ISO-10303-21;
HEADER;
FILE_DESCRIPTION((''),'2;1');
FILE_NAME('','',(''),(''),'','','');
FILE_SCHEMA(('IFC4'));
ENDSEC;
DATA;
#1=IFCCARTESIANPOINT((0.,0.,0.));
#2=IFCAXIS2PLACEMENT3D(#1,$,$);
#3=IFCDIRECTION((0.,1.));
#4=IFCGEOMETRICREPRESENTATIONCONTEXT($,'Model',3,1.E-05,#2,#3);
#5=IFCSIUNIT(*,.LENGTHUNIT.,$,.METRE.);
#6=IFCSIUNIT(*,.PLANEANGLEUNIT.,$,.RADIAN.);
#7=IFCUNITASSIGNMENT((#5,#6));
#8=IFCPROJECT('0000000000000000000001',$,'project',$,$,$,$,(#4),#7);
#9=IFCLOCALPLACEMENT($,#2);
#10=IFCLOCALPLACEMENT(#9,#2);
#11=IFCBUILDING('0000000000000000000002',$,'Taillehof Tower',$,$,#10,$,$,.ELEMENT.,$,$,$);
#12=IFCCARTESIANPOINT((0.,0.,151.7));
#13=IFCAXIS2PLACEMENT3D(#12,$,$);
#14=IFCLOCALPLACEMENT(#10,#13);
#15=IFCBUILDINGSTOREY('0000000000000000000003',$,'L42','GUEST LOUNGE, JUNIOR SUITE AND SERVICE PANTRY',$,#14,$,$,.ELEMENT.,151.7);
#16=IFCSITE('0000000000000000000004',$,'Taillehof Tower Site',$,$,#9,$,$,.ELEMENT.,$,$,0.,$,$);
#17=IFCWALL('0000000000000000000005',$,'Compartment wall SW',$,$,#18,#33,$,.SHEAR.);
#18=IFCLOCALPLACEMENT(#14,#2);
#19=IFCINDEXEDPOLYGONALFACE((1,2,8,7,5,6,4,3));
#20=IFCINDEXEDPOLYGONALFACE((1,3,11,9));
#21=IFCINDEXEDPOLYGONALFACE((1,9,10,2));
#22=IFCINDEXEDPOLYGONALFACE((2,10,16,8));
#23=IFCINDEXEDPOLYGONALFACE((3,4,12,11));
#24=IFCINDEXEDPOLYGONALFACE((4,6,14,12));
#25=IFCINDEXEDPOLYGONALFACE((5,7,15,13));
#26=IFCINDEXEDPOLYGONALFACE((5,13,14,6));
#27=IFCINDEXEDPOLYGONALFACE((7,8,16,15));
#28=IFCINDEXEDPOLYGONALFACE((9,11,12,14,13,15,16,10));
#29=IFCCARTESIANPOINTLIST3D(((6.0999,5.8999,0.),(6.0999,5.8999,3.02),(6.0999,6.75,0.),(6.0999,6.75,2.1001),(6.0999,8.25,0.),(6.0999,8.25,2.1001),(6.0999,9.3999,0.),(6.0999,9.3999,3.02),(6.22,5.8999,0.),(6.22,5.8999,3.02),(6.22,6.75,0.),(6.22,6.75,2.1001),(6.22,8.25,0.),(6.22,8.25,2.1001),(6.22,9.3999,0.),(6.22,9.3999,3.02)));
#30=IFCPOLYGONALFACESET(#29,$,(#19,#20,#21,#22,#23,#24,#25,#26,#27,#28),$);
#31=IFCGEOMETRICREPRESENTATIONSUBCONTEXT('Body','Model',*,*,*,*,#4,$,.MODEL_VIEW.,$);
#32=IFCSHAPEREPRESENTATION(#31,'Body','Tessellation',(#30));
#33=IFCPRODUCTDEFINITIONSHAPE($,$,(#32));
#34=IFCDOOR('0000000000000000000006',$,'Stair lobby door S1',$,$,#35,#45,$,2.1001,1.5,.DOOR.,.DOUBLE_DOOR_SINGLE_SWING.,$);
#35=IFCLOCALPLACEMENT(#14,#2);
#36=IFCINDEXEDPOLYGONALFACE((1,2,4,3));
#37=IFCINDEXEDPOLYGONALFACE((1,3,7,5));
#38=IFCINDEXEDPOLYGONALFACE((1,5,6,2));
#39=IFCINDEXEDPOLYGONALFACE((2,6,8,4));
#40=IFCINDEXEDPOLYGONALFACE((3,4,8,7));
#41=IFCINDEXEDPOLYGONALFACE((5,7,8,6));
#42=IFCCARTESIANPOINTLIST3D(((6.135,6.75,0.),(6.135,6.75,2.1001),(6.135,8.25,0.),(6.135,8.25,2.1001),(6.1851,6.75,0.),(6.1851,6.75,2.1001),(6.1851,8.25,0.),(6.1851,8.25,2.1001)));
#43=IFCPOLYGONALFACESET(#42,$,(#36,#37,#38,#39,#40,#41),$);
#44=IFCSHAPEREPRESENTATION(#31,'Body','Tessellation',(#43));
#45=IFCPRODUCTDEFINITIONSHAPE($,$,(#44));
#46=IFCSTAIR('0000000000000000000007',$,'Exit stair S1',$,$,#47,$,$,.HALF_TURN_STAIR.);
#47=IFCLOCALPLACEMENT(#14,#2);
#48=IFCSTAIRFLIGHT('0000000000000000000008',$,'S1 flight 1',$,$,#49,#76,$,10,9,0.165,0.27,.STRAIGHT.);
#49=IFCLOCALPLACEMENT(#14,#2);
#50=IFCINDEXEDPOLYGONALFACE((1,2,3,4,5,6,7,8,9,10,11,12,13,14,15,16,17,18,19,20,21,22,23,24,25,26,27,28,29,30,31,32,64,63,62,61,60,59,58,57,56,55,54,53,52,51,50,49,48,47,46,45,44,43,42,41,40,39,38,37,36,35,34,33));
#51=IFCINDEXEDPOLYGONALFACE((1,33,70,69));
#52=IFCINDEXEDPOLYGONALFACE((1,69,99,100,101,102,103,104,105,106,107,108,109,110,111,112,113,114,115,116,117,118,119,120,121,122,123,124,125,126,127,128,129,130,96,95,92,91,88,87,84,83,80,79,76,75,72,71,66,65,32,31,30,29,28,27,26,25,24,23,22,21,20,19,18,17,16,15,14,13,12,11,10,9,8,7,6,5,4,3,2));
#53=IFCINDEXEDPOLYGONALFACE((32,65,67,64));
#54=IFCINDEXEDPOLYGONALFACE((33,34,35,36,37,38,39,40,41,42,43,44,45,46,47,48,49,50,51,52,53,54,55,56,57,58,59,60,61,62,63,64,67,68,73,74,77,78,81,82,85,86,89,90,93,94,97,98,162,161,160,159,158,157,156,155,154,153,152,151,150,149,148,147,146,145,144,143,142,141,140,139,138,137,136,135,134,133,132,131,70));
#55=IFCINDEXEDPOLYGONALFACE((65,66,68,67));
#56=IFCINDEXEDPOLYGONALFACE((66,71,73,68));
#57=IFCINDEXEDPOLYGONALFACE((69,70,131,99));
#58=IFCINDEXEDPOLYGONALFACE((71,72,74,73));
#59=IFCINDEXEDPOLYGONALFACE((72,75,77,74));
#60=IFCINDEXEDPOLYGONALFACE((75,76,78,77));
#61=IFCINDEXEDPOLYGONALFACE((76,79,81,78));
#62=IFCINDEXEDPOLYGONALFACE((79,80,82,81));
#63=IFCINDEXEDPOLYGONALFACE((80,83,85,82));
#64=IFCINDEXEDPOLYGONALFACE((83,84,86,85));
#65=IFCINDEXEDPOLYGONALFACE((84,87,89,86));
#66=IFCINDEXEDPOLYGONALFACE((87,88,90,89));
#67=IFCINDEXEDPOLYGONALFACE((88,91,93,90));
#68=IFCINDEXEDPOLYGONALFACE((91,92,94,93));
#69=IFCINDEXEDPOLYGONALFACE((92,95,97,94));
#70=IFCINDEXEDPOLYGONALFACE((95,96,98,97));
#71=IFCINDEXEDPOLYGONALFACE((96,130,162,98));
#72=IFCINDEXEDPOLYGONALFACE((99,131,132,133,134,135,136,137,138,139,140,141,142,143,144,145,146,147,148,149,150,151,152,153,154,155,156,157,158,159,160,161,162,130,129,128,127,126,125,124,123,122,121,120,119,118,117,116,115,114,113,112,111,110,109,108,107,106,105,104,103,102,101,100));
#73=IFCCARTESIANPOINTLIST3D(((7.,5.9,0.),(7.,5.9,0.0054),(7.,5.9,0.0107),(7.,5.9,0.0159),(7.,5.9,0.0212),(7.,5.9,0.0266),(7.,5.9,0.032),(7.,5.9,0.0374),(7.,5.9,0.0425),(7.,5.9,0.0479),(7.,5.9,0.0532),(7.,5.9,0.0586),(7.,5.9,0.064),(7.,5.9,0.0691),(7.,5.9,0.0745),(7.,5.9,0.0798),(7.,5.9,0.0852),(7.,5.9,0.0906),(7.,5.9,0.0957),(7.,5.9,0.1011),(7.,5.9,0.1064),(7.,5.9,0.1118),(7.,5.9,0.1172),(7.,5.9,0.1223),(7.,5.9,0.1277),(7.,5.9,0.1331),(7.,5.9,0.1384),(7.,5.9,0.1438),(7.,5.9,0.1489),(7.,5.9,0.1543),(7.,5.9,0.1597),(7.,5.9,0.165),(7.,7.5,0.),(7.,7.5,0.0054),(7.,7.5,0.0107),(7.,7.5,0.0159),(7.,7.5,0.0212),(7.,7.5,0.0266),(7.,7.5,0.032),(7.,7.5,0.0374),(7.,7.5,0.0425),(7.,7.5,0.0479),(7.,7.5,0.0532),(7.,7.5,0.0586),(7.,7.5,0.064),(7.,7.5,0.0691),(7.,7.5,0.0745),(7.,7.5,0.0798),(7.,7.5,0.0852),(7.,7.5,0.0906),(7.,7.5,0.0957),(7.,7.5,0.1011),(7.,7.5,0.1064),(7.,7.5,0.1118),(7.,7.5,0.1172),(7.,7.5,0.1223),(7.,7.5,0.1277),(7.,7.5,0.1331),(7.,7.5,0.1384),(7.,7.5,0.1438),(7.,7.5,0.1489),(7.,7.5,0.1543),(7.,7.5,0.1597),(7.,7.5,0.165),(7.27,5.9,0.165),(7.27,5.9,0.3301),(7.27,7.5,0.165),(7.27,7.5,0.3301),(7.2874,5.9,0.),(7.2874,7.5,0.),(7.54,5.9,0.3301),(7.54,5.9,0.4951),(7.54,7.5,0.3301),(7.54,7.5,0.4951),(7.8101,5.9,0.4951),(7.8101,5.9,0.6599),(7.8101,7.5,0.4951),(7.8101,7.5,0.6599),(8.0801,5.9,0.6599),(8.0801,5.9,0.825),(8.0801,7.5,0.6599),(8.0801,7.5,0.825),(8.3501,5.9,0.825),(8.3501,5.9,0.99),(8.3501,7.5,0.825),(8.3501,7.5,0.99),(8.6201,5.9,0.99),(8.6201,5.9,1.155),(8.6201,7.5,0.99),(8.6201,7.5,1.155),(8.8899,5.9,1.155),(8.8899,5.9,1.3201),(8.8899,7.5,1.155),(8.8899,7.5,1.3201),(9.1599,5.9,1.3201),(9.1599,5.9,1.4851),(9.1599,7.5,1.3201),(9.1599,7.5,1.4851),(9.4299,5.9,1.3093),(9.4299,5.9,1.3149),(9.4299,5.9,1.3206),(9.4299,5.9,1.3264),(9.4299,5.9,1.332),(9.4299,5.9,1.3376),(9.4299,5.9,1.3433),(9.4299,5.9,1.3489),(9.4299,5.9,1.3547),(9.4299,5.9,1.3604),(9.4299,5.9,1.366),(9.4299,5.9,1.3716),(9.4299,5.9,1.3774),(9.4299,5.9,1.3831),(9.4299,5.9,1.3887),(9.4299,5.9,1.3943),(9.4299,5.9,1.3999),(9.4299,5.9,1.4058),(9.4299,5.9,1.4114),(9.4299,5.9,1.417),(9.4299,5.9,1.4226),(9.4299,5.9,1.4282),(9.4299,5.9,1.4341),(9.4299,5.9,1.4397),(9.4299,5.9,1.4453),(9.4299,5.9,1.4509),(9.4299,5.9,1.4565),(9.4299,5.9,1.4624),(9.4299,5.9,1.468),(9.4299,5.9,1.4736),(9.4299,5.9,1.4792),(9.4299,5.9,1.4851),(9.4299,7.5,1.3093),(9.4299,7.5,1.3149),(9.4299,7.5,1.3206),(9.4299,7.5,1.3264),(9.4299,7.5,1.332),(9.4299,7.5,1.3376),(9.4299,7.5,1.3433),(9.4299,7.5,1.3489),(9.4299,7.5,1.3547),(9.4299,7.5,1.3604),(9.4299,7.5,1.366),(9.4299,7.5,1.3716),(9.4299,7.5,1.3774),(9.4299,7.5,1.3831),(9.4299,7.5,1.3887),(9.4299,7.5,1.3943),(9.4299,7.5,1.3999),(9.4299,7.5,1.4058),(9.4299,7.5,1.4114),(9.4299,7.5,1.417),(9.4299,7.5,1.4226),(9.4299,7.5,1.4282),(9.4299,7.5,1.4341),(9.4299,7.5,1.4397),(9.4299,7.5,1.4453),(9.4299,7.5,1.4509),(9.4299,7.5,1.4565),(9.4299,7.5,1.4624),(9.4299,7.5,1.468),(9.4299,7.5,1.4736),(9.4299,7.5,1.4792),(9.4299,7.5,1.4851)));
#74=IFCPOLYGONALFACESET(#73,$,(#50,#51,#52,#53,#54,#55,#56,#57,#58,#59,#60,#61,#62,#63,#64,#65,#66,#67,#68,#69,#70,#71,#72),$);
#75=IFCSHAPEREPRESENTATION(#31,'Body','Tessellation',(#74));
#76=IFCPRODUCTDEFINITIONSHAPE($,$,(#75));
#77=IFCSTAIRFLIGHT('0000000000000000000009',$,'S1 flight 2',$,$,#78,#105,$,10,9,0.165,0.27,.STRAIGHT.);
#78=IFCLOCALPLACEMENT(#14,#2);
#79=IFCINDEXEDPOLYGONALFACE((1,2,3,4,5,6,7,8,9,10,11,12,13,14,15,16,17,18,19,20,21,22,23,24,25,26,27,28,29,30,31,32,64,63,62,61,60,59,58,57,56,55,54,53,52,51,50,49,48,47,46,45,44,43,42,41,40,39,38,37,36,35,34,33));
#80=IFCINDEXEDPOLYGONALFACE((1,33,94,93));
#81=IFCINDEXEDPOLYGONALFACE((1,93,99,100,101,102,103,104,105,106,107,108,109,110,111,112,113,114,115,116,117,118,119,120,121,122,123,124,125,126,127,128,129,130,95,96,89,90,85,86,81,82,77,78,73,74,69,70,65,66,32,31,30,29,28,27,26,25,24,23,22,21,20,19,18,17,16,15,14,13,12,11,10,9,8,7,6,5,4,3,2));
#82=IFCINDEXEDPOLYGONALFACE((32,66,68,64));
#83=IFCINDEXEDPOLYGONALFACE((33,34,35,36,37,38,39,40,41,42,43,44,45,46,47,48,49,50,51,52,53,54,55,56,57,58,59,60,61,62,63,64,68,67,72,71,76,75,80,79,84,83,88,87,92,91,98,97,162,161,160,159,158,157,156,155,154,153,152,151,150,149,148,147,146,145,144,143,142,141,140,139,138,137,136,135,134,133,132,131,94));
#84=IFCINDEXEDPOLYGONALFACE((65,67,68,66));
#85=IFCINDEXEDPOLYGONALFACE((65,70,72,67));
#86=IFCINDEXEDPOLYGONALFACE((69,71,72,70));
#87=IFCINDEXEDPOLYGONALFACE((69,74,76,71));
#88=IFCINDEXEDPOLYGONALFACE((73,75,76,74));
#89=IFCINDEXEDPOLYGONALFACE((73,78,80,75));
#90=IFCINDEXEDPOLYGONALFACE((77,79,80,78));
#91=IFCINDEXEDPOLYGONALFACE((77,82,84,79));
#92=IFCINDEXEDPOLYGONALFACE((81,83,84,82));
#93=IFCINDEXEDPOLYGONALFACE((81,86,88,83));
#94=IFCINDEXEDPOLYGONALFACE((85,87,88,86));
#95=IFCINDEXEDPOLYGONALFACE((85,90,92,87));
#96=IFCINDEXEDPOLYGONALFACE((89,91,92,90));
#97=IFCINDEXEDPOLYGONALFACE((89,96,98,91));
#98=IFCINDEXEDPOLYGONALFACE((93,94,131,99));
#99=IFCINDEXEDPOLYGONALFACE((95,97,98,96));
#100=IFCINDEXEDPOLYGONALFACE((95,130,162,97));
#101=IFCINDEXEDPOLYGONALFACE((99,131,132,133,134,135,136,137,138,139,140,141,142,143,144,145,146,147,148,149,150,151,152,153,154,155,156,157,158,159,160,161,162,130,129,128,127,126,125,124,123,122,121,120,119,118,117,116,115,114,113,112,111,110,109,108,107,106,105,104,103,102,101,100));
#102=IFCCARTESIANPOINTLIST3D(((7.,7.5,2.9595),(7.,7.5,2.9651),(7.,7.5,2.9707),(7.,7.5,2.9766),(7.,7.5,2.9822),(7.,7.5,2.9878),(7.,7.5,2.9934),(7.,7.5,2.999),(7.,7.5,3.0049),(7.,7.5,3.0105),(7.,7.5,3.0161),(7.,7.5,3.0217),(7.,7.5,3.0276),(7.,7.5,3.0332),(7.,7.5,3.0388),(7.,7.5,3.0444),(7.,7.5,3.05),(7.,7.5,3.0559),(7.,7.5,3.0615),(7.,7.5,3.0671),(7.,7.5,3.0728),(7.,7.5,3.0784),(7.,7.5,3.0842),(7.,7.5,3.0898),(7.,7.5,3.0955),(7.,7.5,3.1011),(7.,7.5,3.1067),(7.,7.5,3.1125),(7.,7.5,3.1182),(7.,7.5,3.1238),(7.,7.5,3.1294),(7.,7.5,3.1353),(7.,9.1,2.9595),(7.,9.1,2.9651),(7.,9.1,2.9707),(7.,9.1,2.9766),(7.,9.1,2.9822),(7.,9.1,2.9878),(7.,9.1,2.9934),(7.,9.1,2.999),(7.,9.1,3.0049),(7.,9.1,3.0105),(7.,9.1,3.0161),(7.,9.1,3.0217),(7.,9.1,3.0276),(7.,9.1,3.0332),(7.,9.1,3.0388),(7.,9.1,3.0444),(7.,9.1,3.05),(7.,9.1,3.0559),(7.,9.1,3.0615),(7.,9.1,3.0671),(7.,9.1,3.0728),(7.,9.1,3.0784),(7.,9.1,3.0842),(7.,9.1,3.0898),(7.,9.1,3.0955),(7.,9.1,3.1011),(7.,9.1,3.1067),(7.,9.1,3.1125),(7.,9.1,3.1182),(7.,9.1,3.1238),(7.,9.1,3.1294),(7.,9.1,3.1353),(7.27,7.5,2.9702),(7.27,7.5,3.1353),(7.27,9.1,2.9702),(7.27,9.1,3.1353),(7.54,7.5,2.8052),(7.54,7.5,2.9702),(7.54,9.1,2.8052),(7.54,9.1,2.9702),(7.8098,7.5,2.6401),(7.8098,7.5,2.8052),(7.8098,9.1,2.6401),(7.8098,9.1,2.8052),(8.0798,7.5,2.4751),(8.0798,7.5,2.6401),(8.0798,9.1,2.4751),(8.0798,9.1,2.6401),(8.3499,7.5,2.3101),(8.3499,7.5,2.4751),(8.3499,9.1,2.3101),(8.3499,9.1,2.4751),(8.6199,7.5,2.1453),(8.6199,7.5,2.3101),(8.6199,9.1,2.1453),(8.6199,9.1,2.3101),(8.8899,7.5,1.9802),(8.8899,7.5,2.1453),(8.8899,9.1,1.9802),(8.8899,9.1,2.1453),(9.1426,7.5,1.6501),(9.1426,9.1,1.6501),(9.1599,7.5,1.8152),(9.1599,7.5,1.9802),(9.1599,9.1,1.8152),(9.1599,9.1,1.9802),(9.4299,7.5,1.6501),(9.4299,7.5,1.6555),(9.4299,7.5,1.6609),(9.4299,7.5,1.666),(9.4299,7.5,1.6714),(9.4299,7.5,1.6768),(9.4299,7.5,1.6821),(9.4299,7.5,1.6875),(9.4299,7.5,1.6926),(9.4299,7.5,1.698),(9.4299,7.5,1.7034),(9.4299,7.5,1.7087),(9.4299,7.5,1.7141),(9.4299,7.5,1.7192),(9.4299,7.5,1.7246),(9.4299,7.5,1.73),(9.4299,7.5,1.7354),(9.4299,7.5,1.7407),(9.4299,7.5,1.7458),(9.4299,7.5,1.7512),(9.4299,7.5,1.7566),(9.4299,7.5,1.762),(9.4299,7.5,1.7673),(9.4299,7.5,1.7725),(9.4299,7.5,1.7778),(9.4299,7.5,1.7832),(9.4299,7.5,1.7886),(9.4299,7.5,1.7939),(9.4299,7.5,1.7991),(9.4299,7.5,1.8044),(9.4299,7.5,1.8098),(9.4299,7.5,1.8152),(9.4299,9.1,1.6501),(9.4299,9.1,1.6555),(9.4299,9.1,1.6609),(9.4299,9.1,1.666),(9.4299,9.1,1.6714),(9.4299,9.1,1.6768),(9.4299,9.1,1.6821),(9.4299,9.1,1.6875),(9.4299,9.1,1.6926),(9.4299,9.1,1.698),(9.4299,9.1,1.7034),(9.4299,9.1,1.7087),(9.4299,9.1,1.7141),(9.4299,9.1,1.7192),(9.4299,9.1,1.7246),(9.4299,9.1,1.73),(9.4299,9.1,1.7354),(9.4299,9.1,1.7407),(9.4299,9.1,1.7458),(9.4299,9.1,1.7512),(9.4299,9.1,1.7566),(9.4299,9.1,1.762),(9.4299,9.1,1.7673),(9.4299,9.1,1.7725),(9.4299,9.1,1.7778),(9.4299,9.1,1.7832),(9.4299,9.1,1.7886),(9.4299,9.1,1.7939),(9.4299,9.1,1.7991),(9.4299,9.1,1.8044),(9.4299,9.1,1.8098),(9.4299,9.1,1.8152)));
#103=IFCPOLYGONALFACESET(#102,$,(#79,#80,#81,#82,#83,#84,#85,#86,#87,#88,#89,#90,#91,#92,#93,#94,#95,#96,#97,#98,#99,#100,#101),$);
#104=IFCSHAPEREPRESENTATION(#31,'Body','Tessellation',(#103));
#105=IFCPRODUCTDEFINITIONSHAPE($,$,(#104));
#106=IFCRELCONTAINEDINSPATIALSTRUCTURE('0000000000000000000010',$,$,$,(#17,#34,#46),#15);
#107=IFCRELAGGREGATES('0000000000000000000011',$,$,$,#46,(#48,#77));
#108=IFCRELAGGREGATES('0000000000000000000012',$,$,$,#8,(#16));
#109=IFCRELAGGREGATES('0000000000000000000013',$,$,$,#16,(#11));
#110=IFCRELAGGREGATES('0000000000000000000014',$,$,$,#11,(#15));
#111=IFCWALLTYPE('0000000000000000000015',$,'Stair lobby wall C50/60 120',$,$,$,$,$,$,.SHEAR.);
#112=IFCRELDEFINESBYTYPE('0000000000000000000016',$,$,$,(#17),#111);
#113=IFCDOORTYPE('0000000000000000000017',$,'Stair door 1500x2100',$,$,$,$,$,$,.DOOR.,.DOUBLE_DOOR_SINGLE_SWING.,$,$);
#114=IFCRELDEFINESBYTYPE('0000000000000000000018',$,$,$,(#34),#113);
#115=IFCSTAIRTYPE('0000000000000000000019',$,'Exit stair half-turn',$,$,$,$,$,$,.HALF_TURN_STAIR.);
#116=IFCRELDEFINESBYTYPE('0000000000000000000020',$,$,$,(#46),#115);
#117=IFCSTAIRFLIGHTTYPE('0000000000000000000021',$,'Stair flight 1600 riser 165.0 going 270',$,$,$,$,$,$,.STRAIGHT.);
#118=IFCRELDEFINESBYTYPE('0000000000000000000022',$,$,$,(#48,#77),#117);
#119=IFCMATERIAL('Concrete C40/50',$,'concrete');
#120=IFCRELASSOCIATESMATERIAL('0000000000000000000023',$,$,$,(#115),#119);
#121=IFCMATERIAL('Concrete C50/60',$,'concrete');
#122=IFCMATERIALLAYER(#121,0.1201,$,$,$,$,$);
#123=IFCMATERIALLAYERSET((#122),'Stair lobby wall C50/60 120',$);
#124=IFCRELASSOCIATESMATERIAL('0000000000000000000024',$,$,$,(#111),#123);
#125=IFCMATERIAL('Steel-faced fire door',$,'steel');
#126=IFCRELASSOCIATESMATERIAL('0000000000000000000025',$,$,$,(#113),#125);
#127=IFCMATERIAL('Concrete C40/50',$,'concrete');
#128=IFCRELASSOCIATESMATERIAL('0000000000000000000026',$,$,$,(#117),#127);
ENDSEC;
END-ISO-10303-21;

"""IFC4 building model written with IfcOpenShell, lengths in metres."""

from ifc_helpers import new_model, si_unit, direction, frame, frame_2d, origin, place, context, subcontext, project, spatial, polyline, rectangle, outline, extrude, material, layer, layer_set, type_object, element, fill, aggregate, save


model = new_model("IFC4")

# Units and contexts
model_context = context("Model", 3, precision=1e-05, world=origin(), true_north=direction((0.0, 1.0)))
body_context = subcontext(model_context, "Body", "Model", "MODEL_VIEW")
ifc_project = project(units=[si_unit("LENGTHUNIT", "METRE"), si_unit("PLANEANGLEUNIT", "RADIAN")], contexts=[model_context])

# Site, building, storey
site_placement = place(None, origin())
site = spatial("IfcSite", under=ifc_project, at=site_placement, Name="Taillehof Tower Site", CompositionType="ELEMENT", RefElevation=0.0)
building_placement = place(site_placement, origin())
building = spatial("IfcBuilding", under=site, at=building_placement, Name="Taillehof Tower", CompositionType="ELEMENT")
storey_placement = place(building_placement, frame((0.0, 0.0, 151.7)))
storey = spatial("IfcBuildingStorey", under=building, at=storey_placement, Name="L42", Description="GUEST LOUNGE, JUNIOR SUITE AND SERVICE PANTRY", CompositionType="ELEMENT", Elevation=151.7)

# Shared definitions
ifc_material_1 = material(Name="Concrete C40/50", Category="concrete")
stair_type = type_object("IfcStairType", Name="Exit stair half-turn", PredefinedType="HALF_TURN_STAIR", material=ifc_material_1)

# Wall, opening, door
ifc_material_2 = material(Name="Concrete C50/60", Category="concrete")
ifc_layer_1 = layer(ifc_material_2, 0.1201)
ifc_layer_set_1 = layer_set([ifc_layer_1], Name="Stair lobby wall C50/60 120")
wall_type_1 = type_object("IfcWallType", Name="Stair lobby wall C50/60 120", PredefinedType="SHEAR", material=ifc_layer_set_1)
wall_1_placement = place(storey_placement, frame((6.1599, 5.8999, 0.0), z_axis=(0.0, 0.0, 1.0), x_axis=(0.0, 1.0, 0.0)))
wall_1 = element("IfcWall", 1, at=wall_1_placement, inside=storey, type_object=wall_type_1, Name="Compartment wall SW", PredefinedType="SHEAR", context=body_context, shape_type="SweptSolid", body=[
    extrude(rectangle(XDim=3.5, YDim=0.1201, at=frame_2d((1.75, 0.0))), origin(), (0.0, 0.0, 1.0), 3.02),
])
opening_1_placement = place(wall_1_placement, frame((0.8501, 0.0, 0.0)))
opening_1 = element("IfcOpeningElement", 2, at=opening_1_placement, cuts=wall_1, PredefinedType="OPENING", context=body_context, shape_type="SweptSolid", body=[
    extrude(rectangle(XDim=1.5, YDim=2.1001, at=frame_2d((0.75, 1.05))), frame((0.0, 0.0701, 0.0), z_axis=(0.0, -1.0, 0.0), x_axis=(1.0, 0.0, 0.0)), (0.0, 0.0, 1.0), 0.1401),
])
ifc_material_3 = material(Name="Steel-faced fire door", Category="steel")
door_type_1 = type_object("IfcDoorType", Name="Stair door 1500x2100", OperationType="DOUBLE_DOOR_SINGLE_SWING", PredefinedType="DOOR", material=ifc_material_3)
door_1_placement = place(opening_1_placement, origin())
door_1 = element("IfcDoor", 3, at=door_1_placement, inside=storey, type_object=door_type_1, Name="Stair lobby door S1", OperationType="DOUBLE_DOOR_SINGLE_SWING", OverallHeight=2.1001, OverallWidth=1.5, PredefinedType="DOOR", context=body_context, shape_type="SweptSolid", body=[
    extrude(rectangle(XDim=1.5, YDim=2.1001, at=frame_2d((0.75, 1.05))), frame((0.0, 0.0249, 0.0), z_axis=(0.0, -1.0, 0.0), x_axis=(1.0, 0.0, 0.0)), (0.0, 0.0, 1.0), 0.05),
])
fill(opening_1, door_1)

# Stair, stair flights
stair_1_placement = place(storey_placement, origin())
stair_1 = element("IfcStair", 4, at=stair_1_placement, inside=storey, type_object=stair_type, Name="Exit stair S1", PredefinedType="HALF_TURN_STAIR")
ifc_material_4 = material(Name="Concrete C40/50", Category="concrete")
stair_flight_type = type_object("IfcStairFlightType", Name="Stair flight 1600 riser 165.0 going 270", PredefinedType="STRAIGHT", material=ifc_material_4)
stair_flight_1_placement = place(storey_placement, frame((7.0, 6.7, 0.0), z_axis=(0.0, 0.0, 1.0), x_axis=(1.0, 0.0, 0.0)))
stair_flight_1 = element("IfcStairFlight", 5, at=stair_flight_1_placement, type_object=stair_flight_type, Name="S1 flight 1", NumberOfRisers=10, NumberOfTreads=9, PredefinedType="STRAIGHT", RiserHeight=0.165, TreadLength=0.27, context=body_context, shape_type="SweptSolid", body=[
    extrude(outline(polyline([(0.0, 0.0), (0.0, 0.0054), (0.0, 0.0107), (0.0, 0.0159), (0.0, 0.0212), (0.0, 0.0266), (0.0, 0.032), (0.0, 0.0374), (0.0, 0.0425), (0.0, 0.0479), (0.0, 0.0532), (0.0, 0.0586), (0.0, 0.064), (0.0, 0.0691), (0.0, 0.0745), (0.0, 0.0798), (0.0, 0.0852), (0.0, 0.0906), (0.0, 0.0957), (0.0, 0.1011), (0.0, 0.1064), (0.0, 0.1118), (0.0, 0.1172), (0.0, 0.1223), (0.0, 0.1277), (0.0, 0.1331), (0.0, 0.1384), (0.0, 0.1438), (0.0, 0.1489), (0.0, 0.1543), (0.0, 0.1597), (0.0, 0.165), (0.27, 0.165), (0.27, 0.3301), (0.54, 0.3301), (0.54, 0.4951), (0.8101, 0.4951), (0.8101, 0.6599), (1.0801, 0.6599), (1.0801, 0.825), (1.3501, 0.825), (1.3501, 0.99), (1.6201, 0.99), (1.6201, 1.155), (1.8899, 1.155), (1.8899, 1.3201), (2.1599, 1.3201), (2.1599, 1.4851), (2.4299, 1.4851), (2.4299, 1.4792), (2.4299, 1.4736), (2.4299, 1.468), (2.4299, 1.4624), (2.4299, 1.4565), (2.4299, 1.4509), (2.4299, 1.4453), (2.4299, 1.4397), (2.4299, 1.4341), (2.4299, 1.4282), (2.4299, 1.4226), (2.4299, 1.417), (2.4299, 1.4114), (2.4299, 1.4058), (2.4299, 1.3999), (2.4299, 1.3943), (2.4299, 1.3887), (2.4299, 1.3831), (2.4299, 1.3774), (2.4299, 1.3716), (2.4299, 1.366), (2.4299, 1.3604), (2.4299, 1.3547), (2.4299, 1.3489), (2.4299, 1.3433), (2.4299, 1.3376), (2.4299, 1.332), (2.4299, 1.3264), (2.4299, 1.3206), (2.4299, 1.3149), (2.4299, 1.3093), (0.2874, 0.0), (0.0, 0.0)])), frame((0.0, 0.8, 0.0), z_axis=(0.0, -1.0, 0.0), x_axis=(1.0, 0.0, 0.0)), (0.0, 0.0, 1.0), 1.6),
])
stair_flight_2_placement = place(storey_placement, frame((9.4299, 8.3, 1.6501), z_axis=(0.0, 0.0, 1.0), x_axis=(-1.0, 0.0, 0.0)))
stair_flight_2 = element("IfcStairFlight", 6, at=stair_flight_2_placement, type_object=stair_flight_type, Name="S1 flight 2", NumberOfRisers=10, NumberOfTreads=9, PredefinedType="STRAIGHT", RiserHeight=0.165, TreadLength=0.27, context=body_context, shape_type="SweptSolid", body=[
    extrude(outline(polyline([(0.0, 0.0), (0.0, 0.0054), (0.0, 0.0107), (0.0, 0.0159), (0.0, 0.0212), (0.0, 0.0266), (0.0, 0.032), (0.0, 0.0374), (0.0, 0.0425), (0.0, 0.0479), (0.0, 0.0532), (0.0, 0.0586), (0.0, 0.064), (0.0, 0.0691), (0.0, 0.0745), (0.0, 0.0798), (0.0, 0.0852), (0.0, 0.0906), (0.0, 0.0957), (0.0, 0.1011), (0.0, 0.1064), (0.0, 0.1118), (0.0, 0.1172), (0.0, 0.1223), (0.0, 0.1277), (0.0, 0.1331), (0.0, 0.1384), (0.0, 0.1438), (0.0, 0.1489), (0.0, 0.1543), (0.0, 0.1597), (0.0, 0.165), (0.27, 0.165), (0.27, 0.3301), (0.54, 0.3301), (0.54, 0.4951), (0.8101, 0.4951), (0.8101, 0.6599), (1.0801, 0.6599), (1.0801, 0.825), (1.3501, 0.825), (1.3501, 0.99), (1.6201, 0.99), (1.6201, 1.155), (1.8899, 1.155), (1.8899, 1.3201), (2.1599, 1.3201), (2.1599, 1.4851), (2.4299, 1.4851), (2.4299, 1.4792), (2.4299, 1.4736), (2.4299, 1.468), (2.4299, 1.4624), (2.4299, 1.4565), (2.4299, 1.4509), (2.4299, 1.4453), (2.4299, 1.4397), (2.4299, 1.4341), (2.4299, 1.4282), (2.4299, 1.4226), (2.4299, 1.417), (2.4299, 1.4114), (2.4299, 1.4058), (2.4299, 1.3999), (2.4299, 1.3943), (2.4299, 1.3887), (2.4299, 1.3831), (2.4299, 1.3774), (2.4299, 1.3716), (2.4299, 1.366), (2.4299, 1.3604), (2.4299, 1.3547), (2.4299, 1.3489), (2.4299, 1.3433), (2.4299, 1.3376), (2.4299, 1.332), (2.4299, 1.3264), (2.4299, 1.3206), (2.4299, 1.3149), (2.4299, 1.3093), (0.2874, 0.0), (0.0, 0.0)])), frame((0.0, 0.8, 0.0), z_axis=(0.0, -1.0, 0.0), x_axis=(1.0, 0.0, 0.0)), (0.0, 0.0, 1.0), 1.6),
])
aggregate(stair_1, [stair_flight_1, stair_flight_2])

save(model, "model.ifc")
